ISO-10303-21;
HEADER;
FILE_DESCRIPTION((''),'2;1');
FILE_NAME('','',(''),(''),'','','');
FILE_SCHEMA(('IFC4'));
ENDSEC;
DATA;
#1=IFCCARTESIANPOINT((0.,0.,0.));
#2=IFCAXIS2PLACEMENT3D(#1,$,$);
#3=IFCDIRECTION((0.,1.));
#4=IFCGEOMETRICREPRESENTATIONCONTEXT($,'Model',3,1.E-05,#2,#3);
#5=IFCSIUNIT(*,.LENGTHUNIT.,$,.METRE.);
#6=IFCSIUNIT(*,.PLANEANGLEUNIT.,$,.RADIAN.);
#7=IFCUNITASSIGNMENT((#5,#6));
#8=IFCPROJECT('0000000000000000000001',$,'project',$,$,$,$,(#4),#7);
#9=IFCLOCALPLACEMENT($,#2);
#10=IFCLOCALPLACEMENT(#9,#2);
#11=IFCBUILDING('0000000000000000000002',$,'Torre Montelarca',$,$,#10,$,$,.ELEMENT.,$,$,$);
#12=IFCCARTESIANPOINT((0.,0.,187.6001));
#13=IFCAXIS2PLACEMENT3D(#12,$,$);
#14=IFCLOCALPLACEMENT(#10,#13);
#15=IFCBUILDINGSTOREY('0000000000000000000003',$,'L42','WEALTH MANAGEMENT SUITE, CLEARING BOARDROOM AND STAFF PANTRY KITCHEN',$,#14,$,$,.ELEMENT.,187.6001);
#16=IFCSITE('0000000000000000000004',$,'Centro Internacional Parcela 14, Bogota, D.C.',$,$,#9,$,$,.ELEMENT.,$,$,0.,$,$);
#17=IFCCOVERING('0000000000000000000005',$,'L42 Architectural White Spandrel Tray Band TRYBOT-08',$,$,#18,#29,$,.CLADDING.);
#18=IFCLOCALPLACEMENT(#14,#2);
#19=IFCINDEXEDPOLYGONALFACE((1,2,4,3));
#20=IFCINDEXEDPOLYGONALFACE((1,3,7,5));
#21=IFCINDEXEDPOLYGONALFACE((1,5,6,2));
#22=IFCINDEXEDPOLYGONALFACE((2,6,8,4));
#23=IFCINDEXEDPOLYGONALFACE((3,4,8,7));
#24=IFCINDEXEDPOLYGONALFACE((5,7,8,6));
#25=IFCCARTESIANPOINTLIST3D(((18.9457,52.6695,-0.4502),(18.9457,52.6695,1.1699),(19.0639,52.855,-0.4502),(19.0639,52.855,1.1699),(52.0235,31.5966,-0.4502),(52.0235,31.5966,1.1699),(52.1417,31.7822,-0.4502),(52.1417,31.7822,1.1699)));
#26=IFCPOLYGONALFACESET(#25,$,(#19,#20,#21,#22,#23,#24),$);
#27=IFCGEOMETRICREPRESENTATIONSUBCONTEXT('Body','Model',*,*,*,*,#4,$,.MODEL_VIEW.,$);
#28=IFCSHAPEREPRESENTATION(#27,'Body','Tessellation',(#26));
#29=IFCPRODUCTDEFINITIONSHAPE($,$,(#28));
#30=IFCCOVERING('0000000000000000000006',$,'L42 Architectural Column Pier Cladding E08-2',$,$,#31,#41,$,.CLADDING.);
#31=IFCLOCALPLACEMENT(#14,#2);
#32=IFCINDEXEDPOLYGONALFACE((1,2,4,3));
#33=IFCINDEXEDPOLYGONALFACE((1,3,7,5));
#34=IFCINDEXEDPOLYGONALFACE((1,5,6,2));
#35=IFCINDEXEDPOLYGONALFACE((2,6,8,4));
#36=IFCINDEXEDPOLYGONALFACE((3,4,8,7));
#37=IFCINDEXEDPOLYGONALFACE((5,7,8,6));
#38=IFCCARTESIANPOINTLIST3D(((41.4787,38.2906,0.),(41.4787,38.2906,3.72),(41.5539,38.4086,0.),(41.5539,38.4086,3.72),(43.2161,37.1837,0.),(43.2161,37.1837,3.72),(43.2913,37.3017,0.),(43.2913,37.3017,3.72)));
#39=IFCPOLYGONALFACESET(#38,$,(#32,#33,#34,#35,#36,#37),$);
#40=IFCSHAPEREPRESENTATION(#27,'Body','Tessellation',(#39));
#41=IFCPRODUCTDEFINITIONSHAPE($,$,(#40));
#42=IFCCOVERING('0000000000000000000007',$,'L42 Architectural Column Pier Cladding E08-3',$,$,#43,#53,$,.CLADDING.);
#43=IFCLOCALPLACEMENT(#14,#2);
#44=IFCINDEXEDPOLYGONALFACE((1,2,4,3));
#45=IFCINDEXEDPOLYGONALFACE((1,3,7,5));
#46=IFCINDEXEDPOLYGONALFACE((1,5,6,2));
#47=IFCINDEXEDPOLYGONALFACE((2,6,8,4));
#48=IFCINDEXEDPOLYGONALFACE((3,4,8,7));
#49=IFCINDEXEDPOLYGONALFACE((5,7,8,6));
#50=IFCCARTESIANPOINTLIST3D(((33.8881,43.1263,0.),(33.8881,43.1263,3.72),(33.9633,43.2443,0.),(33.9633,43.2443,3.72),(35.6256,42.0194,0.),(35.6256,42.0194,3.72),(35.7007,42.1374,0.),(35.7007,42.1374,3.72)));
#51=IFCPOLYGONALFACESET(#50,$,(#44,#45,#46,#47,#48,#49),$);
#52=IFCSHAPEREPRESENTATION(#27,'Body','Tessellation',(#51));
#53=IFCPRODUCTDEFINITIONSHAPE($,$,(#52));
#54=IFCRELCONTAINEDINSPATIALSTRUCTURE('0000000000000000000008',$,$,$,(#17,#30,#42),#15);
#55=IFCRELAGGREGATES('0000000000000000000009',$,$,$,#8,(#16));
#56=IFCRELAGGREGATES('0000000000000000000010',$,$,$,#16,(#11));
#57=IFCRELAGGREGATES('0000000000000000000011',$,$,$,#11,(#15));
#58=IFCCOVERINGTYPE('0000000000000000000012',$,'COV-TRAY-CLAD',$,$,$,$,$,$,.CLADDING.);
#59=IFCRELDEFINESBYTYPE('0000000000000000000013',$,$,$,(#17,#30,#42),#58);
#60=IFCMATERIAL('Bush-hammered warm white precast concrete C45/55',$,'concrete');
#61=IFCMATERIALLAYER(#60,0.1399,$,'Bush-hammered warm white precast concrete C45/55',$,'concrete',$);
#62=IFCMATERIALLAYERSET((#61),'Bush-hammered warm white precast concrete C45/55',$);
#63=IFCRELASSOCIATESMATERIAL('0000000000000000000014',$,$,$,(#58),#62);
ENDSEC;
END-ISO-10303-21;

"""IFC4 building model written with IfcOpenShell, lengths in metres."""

from ifc_helpers import new_model, si_unit, direction, frame, origin, origin_2d, place, context, subcontext, project, spatial, rectangle, extrude, source, transform, mapped, material, layer, layer_set, type_object, element, save


model = new_model("IFC4")

# Units and contexts
model_context = context("Model", 3, precision=1e-05, world=origin(), true_north=direction((0.0, 1.0)))
body_context = subcontext(model_context, "Body", "Model", "MODEL_VIEW")
ifc_project = project(units=[si_unit("LENGTHUNIT", "METRE"), si_unit("PLANEANGLEUNIT", "RADIAN")], contexts=[model_context])

# Site, building, storey
site_placement = place(None, origin())
site = spatial("IfcSite", under=ifc_project, at=site_placement, Name="Centro Internacional Parcela 14, Bogota, D.C.", CompositionType="ELEMENT", RefElevation=0.0)
building_placement = place(site_placement, origin())
building = spatial("IfcBuilding", under=site, at=building_placement, Name="Torre Montelarca", CompositionType="ELEMENT")
storey_placement = place(building_placement, frame((0.0, 0.0, 187.6001)))
storey = spatial("IfcBuildingStorey", under=building, at=storey_placement, Name="L42", Description="WEALTH MANAGEMENT SUITE, CLEARING BOARDROOM AND STAFF PANTRY KITCHEN", CompositionType="ELEMENT", Elevation=187.6001)

# Coverings
ifc_material_1 = material(Name="Bush-hammered warm white precast concrete C45/55", Category="concrete")
ifc_layer_1 = layer(ifc_material_1, 0.1399, Name="Bush-hammered warm white precast concrete C45/55", Category="concrete")
ifc_layer_set_1 = layer_set([ifc_layer_1], Name="Bush-hammered warm white precast concrete C45/55")
covering_type = type_object("IfcCoveringType", Name="COV-TRAY-CLAD", PredefinedType="CLADDING", material=ifc_layer_set_1)
shared_shape_1 = source(origin(), body_context, "Body", "SweptSolid", [
    extrude(rectangle(XDim=39.22, YDim=0.22, at=origin_2d()), origin(), (0.0, 0.0, 1.0), 1.6201),
])
covering_1_placement = place(storey_placement, frame((35.5437, 42.2258, -0.4502), z_axis=(0.0, 0.0, 1.0), x_axis=(-0.843391, 0.5373, 0.0)))
element("IfcCovering", 1, at=covering_1_placement, inside=storey, type_object=covering_type, Name="L42 Architectural White Spandrel Tray Band TRYBOT-08", PredefinedType="CLADDING", context=body_context, shape_type="MappedRepresentation", body=[
    mapped(shared_shape_1, transform((0.0, 0.0, 0.0), scale=1.0)),
])
shared_shape_2 = source(origin(), body_context, "Body", "SweptSolid", [
    extrude(rectangle(XDim=2.0601, YDim=0.1399, at=origin_2d()), origin(), (0.0, 0.0, 1.0), 3.72),
])
for number, where, z_axis, x_axis, name in (
    (2, (42.385, 37.7961, 0.0), (0.0, 0.0, 1.0), (-0.843391, 0.537301, 0.0), "L42 Architectural Column Pier Cladding E08-2"),
    (3, (34.7944, 42.6318, 0.0), (0.0, 0.0, 1.0), (-0.843391, 0.537301, 0.0), "L42 Architectural Column Pier Cladding E08-3"),
):
    element("IfcCovering", number, at=place(storey_placement, frame(where, z_axis=z_axis, x_axis=x_axis)), inside=storey, type_object=covering_type, Name=name, PredefinedType="CLADDING", context=body_context, shape_type="MappedRepresentation", body=[
        mapped(shared_shape_2, transform((0.0, 0.0, 0.0), scale=1.0)),
    ])

save(model, "model.ifc")
